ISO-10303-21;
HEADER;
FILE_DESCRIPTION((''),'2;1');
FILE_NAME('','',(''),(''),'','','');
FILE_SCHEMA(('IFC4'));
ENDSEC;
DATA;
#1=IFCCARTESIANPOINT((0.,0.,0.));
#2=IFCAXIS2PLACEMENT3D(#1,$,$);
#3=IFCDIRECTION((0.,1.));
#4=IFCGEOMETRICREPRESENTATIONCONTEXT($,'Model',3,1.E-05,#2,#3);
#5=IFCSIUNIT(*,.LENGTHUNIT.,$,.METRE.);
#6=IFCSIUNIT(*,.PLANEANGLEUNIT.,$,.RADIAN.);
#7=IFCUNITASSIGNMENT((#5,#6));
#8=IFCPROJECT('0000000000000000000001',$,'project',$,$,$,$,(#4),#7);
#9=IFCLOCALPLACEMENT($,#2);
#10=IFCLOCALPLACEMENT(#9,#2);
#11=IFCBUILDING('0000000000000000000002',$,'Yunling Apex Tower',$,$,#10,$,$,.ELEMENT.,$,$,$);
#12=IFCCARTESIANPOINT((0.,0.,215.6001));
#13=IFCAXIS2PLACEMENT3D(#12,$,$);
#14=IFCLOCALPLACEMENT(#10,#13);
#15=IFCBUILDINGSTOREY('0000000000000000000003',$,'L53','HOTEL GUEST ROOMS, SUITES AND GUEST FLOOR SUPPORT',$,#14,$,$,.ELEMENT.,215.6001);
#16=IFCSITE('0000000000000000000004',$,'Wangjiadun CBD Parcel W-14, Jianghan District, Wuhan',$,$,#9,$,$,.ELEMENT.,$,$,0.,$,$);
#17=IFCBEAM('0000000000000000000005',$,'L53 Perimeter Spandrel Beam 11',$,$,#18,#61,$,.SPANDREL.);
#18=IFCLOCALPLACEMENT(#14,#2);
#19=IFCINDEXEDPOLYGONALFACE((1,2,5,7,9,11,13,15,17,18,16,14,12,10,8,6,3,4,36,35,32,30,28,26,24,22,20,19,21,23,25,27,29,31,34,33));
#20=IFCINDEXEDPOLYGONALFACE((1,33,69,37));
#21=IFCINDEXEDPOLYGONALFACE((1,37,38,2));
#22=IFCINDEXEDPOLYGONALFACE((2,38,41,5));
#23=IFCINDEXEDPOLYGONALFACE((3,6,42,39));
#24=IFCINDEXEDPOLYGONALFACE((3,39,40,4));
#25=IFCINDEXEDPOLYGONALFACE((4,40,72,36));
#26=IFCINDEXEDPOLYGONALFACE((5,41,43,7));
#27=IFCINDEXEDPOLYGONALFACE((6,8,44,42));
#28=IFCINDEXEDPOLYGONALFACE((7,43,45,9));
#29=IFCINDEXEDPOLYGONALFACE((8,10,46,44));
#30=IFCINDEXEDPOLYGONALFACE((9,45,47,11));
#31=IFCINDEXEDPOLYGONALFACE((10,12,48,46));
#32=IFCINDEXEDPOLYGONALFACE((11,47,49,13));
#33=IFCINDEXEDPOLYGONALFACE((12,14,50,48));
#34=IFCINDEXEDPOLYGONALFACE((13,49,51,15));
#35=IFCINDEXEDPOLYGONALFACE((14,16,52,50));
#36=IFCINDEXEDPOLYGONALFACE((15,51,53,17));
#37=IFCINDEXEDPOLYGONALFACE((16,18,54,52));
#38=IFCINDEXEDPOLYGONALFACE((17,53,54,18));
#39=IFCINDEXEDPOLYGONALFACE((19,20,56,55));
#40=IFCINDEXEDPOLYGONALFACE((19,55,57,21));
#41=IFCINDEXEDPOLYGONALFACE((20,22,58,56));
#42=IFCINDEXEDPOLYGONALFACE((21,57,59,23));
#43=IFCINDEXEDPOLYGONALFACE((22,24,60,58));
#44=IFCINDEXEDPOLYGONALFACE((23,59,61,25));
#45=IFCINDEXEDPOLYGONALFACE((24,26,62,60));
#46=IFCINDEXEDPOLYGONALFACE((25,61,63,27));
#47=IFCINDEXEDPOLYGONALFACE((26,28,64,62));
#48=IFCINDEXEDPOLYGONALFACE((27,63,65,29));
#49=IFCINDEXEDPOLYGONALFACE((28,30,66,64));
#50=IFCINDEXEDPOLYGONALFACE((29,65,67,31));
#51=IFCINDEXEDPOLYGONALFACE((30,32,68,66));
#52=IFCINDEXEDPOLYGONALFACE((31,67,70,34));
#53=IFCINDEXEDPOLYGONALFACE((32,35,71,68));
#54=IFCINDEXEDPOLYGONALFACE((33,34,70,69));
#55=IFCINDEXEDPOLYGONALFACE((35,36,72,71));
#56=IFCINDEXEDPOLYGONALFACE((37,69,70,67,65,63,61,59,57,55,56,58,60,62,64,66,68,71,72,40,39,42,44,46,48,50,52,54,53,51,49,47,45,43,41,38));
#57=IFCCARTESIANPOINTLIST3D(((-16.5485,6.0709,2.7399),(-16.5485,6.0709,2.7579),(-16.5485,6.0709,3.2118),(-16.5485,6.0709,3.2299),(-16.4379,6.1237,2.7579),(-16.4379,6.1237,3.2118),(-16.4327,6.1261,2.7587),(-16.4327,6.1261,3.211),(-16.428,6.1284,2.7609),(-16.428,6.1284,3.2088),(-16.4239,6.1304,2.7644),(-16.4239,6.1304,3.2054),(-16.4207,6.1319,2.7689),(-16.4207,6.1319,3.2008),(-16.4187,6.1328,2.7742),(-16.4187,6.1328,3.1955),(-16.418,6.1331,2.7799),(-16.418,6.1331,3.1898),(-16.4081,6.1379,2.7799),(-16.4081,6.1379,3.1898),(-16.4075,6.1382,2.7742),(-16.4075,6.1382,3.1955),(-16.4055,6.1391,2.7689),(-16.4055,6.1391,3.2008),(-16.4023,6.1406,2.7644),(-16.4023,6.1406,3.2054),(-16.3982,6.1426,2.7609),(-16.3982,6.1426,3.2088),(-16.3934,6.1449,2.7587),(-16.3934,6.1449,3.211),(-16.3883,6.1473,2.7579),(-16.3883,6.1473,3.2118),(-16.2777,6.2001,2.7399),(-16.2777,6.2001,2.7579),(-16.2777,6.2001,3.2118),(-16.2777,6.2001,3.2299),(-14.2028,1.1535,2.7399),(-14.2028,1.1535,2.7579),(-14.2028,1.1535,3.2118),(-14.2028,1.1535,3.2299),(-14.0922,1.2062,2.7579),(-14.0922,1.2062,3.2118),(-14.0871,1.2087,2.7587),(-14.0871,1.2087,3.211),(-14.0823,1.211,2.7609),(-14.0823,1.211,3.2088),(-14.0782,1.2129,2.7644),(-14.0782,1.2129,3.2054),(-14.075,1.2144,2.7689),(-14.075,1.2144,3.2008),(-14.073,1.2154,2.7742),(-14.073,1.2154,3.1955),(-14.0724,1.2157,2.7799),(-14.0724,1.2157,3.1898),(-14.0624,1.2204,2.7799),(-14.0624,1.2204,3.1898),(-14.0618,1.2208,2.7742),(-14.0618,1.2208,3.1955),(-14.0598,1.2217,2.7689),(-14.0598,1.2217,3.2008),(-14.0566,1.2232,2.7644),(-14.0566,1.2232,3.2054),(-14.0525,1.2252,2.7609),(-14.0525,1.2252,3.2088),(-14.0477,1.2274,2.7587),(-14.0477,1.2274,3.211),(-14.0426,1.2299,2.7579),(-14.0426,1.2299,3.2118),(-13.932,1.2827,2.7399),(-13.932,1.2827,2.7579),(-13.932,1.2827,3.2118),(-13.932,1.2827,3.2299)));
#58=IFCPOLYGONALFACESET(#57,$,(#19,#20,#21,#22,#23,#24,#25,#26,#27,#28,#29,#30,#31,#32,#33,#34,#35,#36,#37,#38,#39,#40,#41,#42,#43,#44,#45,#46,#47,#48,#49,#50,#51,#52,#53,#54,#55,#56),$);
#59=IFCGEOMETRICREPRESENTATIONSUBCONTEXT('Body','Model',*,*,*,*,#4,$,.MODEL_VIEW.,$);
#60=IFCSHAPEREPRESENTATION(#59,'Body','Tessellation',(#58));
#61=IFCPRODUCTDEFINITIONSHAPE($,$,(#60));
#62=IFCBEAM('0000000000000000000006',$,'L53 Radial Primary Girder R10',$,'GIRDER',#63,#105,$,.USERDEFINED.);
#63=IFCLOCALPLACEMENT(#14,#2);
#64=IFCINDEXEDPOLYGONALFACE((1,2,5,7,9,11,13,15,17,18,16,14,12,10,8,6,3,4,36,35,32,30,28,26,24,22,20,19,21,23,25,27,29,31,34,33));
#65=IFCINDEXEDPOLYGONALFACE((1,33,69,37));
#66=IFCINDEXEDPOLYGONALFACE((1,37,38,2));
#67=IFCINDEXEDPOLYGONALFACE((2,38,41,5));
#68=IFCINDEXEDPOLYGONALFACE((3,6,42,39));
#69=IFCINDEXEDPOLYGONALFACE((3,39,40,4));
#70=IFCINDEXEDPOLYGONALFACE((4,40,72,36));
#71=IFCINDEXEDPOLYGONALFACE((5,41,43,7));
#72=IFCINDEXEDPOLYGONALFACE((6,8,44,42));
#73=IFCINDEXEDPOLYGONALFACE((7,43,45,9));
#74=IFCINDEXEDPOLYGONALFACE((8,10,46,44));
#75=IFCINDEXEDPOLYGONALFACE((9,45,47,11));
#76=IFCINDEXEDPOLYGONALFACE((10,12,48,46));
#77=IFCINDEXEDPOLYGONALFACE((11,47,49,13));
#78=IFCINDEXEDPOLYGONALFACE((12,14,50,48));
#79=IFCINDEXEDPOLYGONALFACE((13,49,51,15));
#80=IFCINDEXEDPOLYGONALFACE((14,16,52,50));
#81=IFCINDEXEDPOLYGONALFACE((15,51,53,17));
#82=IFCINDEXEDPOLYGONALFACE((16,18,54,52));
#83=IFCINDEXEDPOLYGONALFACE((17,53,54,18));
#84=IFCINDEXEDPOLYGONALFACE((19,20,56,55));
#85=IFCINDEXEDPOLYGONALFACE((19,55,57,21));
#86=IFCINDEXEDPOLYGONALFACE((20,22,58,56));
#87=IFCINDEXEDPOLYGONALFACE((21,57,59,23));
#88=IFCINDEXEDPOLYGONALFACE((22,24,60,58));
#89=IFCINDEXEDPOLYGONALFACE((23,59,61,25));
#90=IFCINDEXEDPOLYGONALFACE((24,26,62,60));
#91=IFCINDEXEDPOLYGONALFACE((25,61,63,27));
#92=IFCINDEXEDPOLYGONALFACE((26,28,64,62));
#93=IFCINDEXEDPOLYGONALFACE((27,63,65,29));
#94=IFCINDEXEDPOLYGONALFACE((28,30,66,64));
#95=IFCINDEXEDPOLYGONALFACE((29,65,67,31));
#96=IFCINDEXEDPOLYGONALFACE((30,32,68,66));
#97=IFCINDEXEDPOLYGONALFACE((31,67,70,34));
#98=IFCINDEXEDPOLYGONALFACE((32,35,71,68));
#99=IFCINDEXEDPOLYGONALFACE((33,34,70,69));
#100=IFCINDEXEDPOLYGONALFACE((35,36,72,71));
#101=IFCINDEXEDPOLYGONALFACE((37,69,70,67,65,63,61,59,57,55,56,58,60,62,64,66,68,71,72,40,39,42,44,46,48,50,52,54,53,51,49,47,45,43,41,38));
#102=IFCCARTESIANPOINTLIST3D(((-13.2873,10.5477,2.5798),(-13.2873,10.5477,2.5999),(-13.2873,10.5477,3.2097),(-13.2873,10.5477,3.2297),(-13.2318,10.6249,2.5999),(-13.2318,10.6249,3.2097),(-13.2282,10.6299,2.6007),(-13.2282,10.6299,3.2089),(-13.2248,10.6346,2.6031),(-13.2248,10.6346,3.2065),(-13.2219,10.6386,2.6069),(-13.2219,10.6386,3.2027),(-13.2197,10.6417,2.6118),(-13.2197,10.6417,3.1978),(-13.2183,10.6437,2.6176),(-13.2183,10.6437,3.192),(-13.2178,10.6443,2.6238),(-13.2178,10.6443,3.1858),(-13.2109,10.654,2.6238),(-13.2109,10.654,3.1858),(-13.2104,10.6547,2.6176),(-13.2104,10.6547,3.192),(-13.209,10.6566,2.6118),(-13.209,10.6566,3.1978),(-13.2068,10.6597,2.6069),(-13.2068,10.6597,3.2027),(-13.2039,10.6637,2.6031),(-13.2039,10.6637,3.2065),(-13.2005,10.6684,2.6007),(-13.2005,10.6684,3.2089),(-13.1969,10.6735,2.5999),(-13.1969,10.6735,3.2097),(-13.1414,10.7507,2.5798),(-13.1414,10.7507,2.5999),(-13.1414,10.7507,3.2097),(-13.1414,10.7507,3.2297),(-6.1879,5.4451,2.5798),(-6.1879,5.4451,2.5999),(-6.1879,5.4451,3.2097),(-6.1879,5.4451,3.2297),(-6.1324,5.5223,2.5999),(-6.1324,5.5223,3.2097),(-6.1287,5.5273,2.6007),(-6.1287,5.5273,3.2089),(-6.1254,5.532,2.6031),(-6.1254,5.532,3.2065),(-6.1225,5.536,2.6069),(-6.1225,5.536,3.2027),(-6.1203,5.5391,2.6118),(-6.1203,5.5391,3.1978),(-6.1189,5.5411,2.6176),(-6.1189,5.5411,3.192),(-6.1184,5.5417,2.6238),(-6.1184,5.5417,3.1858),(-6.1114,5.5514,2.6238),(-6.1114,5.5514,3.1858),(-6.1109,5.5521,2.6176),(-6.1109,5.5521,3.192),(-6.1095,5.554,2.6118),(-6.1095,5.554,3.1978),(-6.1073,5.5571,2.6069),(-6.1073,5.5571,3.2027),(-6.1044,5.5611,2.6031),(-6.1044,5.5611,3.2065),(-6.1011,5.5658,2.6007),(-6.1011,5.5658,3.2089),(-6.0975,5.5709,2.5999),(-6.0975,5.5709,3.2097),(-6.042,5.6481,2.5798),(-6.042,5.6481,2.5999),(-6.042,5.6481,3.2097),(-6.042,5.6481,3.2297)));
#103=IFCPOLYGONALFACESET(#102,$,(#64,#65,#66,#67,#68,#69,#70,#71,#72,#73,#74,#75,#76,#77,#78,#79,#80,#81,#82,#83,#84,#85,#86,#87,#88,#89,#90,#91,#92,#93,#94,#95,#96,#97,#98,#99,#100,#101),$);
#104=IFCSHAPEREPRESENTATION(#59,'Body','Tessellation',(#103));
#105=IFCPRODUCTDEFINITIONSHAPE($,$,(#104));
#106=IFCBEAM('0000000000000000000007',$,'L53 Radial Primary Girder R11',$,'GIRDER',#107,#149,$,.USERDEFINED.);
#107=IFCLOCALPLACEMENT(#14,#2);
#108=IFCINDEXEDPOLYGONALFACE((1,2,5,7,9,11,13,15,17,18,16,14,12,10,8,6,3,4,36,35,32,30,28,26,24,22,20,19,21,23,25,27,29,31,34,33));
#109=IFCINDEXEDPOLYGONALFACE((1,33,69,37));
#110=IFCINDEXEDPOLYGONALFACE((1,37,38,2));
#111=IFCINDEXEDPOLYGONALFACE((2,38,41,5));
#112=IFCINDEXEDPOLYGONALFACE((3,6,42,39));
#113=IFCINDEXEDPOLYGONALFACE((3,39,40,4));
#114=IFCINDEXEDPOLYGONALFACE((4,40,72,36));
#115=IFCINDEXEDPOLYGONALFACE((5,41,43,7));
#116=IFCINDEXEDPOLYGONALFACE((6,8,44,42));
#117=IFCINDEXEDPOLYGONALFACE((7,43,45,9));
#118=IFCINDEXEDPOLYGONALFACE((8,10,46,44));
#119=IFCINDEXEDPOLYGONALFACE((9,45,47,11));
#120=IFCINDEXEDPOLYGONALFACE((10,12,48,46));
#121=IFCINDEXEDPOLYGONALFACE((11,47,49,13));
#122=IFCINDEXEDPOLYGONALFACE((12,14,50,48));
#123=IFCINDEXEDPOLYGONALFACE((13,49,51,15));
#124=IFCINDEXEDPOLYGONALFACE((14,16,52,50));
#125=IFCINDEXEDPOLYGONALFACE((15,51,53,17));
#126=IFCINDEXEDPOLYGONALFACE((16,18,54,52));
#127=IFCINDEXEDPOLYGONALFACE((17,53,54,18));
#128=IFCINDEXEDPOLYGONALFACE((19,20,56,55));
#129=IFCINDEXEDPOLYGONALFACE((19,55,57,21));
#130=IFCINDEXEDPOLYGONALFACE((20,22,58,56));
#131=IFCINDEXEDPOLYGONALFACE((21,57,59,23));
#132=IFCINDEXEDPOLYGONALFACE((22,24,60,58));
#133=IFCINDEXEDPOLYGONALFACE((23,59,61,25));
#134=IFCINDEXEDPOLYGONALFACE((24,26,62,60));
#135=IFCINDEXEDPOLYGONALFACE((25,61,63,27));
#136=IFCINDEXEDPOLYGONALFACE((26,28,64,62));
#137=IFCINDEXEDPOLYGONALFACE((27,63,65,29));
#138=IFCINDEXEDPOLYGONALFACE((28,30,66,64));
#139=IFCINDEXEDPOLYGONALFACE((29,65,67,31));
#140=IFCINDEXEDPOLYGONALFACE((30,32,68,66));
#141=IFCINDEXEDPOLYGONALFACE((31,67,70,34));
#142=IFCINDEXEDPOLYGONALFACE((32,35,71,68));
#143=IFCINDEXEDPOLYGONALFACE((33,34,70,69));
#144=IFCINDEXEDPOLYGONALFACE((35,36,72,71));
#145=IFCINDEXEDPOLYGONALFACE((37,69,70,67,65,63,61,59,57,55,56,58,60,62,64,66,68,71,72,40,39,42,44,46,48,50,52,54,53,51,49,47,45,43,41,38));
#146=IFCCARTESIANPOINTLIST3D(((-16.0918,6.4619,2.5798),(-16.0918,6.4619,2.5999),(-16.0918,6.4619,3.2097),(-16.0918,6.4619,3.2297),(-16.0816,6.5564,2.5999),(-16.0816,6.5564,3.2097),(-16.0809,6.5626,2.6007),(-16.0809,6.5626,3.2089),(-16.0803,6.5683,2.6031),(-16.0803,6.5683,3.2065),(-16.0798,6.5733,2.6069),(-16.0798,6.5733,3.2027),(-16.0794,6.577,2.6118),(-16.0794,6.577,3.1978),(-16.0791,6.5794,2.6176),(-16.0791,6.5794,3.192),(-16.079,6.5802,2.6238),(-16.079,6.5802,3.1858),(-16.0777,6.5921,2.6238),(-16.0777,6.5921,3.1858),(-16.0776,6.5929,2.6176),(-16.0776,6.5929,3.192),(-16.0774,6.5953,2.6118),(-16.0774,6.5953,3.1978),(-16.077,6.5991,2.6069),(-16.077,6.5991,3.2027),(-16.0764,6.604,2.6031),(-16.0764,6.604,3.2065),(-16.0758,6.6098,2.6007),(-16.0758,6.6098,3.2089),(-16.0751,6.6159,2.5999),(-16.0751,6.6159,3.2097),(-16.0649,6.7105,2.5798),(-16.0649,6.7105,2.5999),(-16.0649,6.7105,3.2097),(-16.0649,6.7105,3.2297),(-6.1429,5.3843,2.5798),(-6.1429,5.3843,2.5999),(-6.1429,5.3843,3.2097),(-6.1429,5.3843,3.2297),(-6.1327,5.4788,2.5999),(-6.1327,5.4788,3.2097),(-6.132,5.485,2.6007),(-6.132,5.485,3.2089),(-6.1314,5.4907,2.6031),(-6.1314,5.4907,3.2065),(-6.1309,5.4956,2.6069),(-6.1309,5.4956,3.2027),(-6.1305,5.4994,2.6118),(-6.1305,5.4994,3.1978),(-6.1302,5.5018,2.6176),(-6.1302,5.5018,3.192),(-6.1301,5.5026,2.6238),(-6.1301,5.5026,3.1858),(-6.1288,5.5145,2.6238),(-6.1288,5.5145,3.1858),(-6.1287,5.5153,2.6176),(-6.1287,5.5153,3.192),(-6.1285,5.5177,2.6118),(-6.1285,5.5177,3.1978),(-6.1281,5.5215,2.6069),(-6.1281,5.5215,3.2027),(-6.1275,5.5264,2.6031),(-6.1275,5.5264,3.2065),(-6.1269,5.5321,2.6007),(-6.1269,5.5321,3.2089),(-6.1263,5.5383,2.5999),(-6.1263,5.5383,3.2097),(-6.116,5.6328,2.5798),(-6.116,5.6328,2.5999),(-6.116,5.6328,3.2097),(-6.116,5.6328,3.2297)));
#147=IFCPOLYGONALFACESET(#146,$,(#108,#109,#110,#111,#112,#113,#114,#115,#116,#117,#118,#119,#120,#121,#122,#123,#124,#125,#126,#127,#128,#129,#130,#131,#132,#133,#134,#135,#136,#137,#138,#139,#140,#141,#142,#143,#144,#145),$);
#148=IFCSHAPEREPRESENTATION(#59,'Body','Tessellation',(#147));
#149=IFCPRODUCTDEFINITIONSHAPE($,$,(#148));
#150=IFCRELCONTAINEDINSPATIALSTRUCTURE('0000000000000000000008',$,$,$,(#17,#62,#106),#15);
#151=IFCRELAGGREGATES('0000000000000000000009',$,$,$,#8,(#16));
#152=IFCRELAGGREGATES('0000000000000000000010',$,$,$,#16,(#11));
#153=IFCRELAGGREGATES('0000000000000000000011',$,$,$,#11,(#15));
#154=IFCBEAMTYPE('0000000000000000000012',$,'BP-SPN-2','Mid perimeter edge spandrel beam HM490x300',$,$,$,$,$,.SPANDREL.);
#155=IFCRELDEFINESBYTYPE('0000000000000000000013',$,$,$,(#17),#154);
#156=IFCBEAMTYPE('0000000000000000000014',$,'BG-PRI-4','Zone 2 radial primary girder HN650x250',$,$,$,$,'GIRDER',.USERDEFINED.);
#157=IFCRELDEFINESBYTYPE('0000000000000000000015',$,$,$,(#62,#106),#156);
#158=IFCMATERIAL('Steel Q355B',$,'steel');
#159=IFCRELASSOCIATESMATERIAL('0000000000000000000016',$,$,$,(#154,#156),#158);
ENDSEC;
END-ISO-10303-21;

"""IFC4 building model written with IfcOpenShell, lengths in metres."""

from ifc_helpers import new_model, si_unit, direction, frame, origin, origin_2d, place, context, subcontext, project, spatial, i_section, extrude, source, transform, mapped, material, material_profile, profile_set, type_object, element, save


model = new_model("IFC4")

# Units and contexts
model_context = context("Model", 3, precision=1e-05, world=origin(), true_north=direction((0.0, 1.0)))
body_context = subcontext(model_context, "Body", "Model", "MODEL_VIEW")
ifc_project = project(units=[si_unit("LENGTHUNIT", "METRE"), si_unit("PLANEANGLEUNIT", "RADIAN")], contexts=[model_context])

# Site, building, storey
site_placement = place(None, origin())
site = spatial("IfcSite", under=ifc_project, at=site_placement, Name="Wangjiadun CBD Parcel W-14, Jianghan District, Wuhan", CompositionType="ELEMENT", RefElevation=0.0)
building_placement = place(site_placement, origin())
building = spatial("IfcBuilding", under=site, at=building_placement, Name="Yunling Apex Tower", CompositionType="ELEMENT")
storey_placement = place(building_placement, frame((0.0, 0.0, 215.6001)))
storey = spatial("IfcBuildingStorey", under=building, at=storey_placement, Name="L53", Description="HOTEL GUEST ROOMS, SUITES AND GUEST FLOOR SUPPORT", CompositionType="ELEMENT", Elevation=215.6001)

# Beams
ifc_material_1 = material(Name="Steel Q355B", Category="steel")
ifc_material_profile_1 = material_profile(ifc_material_1, i_section(OverallWidth=0.3, OverallDepth=0.49, WebThickness=0.011, FlangeThickness=0.0181, FilletRadius=0.022, at=origin_2d()))
ifc_profile_set_1 = profile_set([ifc_material_profile_1], Name="Steel Q355B")
beam_type_1 = type_object("IfcBeamType", Name="BP-SPN-2", Description="Mid perimeter edge spandrel beam HM490x300", PredefinedType="SPANDREL", material=ifc_profile_set_1)
shared_shape_1 = source(origin(), body_context, "Body", "SweptSolid", [
    extrude(i_section(OverallWidth=0.3, OverallDepth=0.49, WebThickness=0.011, FlangeThickness=0.0181, FilletRadius=0.022, at=origin_2d()), origin(), (0.0, 0.0, 1.0), 5.4482),
])
beam_1_placement = place(storey_placement, frame((-16.4131, 6.1355, 2.9849), z_axis=(0.430539, -0.902572, 0.0), x_axis=(0.902572, 0.430539, 0.0)))
element("IfcBeam", 1, at=beam_1_placement, inside=storey, type_object=beam_type_1, Name="L53 Perimeter Spandrel Beam 11", PredefinedType="SPANDREL", context=body_context, shape_type="MappedRepresentation", body=[
    mapped(shared_shape_1, transform((0.0, 0.0, 0.0), scale=1.0)),
])
ifc_material_profile_2 = material_profile(ifc_material_1, i_section(OverallWidth=0.25, OverallDepth=0.6499, WebThickness=0.012, FlangeThickness=0.02, FilletRadius=0.0239, at=origin_2d()))
ifc_profile_set_2 = profile_set([ifc_material_profile_2], Name="Steel Q355B")
beam_type_2 = type_object("IfcBeamType", Name="BG-PRI-4", Description="Zone 2 radial primary girder HN650x250", ElementType="GIRDER", PredefinedType="USERDEFINED", material=ifc_profile_set_2)
shared_shape_2 = source(origin(), body_context, "Body", "SweptSolid", [
    extrude(i_section(OverallWidth=0.25, OverallDepth=0.6499, WebThickness=0.012, FlangeThickness=0.02, FilletRadius=0.0239, at=origin_2d()), origin(), (0.0, 0.0, 1.0), 8.7429),
])
beam_2_placement = place(storey_placement, frame((-13.2144, 10.6492, 2.9048), z_axis=(0.812022, -0.583626, 0.0), x_axis=(0.583626, 0.812022, 0.0)))
element("IfcBeam", 2, at=beam_2_placement, inside=storey, type_object=beam_type_2, Name="L53 Radial Primary Girder R10", ObjectType="GIRDER", PredefinedType="USERDEFINED", context=body_context, shape_type="MappedRepresentation", body=[
    mapped(shared_shape_2, transform((0.0, 0.0, 0.0), scale=1.0)),
])
shared_shape_3 = source(origin(), body_context, "Body", "SweptSolid", [
    extrude(i_section(OverallWidth=0.25, OverallDepth=0.6499, WebThickness=0.012, FlangeThickness=0.02, FilletRadius=0.0239, at=origin_2d()), origin(), (0.0, 0.0, 1.0), 10.0071),
])
beam_3_placement = place(storey_placement, frame((-16.0784, 6.5862, 2.9048), z_axis=(0.994185, -0.107686, 0.0), x_axis=(0.107686, 0.994185, 0.0)))
element("IfcBeam", 3, at=beam_3_placement, inside=storey, type_object=beam_type_2, Name="L53 Radial Primary Girder R11", ObjectType="GIRDER", PredefinedType="USERDEFINED", context=body_context, shape_type="MappedRepresentation", body=[
    mapped(shared_shape_3, transform((0.0, 0.0, 0.0), scale=1.0)),
])

save(model, "model.ifc")
